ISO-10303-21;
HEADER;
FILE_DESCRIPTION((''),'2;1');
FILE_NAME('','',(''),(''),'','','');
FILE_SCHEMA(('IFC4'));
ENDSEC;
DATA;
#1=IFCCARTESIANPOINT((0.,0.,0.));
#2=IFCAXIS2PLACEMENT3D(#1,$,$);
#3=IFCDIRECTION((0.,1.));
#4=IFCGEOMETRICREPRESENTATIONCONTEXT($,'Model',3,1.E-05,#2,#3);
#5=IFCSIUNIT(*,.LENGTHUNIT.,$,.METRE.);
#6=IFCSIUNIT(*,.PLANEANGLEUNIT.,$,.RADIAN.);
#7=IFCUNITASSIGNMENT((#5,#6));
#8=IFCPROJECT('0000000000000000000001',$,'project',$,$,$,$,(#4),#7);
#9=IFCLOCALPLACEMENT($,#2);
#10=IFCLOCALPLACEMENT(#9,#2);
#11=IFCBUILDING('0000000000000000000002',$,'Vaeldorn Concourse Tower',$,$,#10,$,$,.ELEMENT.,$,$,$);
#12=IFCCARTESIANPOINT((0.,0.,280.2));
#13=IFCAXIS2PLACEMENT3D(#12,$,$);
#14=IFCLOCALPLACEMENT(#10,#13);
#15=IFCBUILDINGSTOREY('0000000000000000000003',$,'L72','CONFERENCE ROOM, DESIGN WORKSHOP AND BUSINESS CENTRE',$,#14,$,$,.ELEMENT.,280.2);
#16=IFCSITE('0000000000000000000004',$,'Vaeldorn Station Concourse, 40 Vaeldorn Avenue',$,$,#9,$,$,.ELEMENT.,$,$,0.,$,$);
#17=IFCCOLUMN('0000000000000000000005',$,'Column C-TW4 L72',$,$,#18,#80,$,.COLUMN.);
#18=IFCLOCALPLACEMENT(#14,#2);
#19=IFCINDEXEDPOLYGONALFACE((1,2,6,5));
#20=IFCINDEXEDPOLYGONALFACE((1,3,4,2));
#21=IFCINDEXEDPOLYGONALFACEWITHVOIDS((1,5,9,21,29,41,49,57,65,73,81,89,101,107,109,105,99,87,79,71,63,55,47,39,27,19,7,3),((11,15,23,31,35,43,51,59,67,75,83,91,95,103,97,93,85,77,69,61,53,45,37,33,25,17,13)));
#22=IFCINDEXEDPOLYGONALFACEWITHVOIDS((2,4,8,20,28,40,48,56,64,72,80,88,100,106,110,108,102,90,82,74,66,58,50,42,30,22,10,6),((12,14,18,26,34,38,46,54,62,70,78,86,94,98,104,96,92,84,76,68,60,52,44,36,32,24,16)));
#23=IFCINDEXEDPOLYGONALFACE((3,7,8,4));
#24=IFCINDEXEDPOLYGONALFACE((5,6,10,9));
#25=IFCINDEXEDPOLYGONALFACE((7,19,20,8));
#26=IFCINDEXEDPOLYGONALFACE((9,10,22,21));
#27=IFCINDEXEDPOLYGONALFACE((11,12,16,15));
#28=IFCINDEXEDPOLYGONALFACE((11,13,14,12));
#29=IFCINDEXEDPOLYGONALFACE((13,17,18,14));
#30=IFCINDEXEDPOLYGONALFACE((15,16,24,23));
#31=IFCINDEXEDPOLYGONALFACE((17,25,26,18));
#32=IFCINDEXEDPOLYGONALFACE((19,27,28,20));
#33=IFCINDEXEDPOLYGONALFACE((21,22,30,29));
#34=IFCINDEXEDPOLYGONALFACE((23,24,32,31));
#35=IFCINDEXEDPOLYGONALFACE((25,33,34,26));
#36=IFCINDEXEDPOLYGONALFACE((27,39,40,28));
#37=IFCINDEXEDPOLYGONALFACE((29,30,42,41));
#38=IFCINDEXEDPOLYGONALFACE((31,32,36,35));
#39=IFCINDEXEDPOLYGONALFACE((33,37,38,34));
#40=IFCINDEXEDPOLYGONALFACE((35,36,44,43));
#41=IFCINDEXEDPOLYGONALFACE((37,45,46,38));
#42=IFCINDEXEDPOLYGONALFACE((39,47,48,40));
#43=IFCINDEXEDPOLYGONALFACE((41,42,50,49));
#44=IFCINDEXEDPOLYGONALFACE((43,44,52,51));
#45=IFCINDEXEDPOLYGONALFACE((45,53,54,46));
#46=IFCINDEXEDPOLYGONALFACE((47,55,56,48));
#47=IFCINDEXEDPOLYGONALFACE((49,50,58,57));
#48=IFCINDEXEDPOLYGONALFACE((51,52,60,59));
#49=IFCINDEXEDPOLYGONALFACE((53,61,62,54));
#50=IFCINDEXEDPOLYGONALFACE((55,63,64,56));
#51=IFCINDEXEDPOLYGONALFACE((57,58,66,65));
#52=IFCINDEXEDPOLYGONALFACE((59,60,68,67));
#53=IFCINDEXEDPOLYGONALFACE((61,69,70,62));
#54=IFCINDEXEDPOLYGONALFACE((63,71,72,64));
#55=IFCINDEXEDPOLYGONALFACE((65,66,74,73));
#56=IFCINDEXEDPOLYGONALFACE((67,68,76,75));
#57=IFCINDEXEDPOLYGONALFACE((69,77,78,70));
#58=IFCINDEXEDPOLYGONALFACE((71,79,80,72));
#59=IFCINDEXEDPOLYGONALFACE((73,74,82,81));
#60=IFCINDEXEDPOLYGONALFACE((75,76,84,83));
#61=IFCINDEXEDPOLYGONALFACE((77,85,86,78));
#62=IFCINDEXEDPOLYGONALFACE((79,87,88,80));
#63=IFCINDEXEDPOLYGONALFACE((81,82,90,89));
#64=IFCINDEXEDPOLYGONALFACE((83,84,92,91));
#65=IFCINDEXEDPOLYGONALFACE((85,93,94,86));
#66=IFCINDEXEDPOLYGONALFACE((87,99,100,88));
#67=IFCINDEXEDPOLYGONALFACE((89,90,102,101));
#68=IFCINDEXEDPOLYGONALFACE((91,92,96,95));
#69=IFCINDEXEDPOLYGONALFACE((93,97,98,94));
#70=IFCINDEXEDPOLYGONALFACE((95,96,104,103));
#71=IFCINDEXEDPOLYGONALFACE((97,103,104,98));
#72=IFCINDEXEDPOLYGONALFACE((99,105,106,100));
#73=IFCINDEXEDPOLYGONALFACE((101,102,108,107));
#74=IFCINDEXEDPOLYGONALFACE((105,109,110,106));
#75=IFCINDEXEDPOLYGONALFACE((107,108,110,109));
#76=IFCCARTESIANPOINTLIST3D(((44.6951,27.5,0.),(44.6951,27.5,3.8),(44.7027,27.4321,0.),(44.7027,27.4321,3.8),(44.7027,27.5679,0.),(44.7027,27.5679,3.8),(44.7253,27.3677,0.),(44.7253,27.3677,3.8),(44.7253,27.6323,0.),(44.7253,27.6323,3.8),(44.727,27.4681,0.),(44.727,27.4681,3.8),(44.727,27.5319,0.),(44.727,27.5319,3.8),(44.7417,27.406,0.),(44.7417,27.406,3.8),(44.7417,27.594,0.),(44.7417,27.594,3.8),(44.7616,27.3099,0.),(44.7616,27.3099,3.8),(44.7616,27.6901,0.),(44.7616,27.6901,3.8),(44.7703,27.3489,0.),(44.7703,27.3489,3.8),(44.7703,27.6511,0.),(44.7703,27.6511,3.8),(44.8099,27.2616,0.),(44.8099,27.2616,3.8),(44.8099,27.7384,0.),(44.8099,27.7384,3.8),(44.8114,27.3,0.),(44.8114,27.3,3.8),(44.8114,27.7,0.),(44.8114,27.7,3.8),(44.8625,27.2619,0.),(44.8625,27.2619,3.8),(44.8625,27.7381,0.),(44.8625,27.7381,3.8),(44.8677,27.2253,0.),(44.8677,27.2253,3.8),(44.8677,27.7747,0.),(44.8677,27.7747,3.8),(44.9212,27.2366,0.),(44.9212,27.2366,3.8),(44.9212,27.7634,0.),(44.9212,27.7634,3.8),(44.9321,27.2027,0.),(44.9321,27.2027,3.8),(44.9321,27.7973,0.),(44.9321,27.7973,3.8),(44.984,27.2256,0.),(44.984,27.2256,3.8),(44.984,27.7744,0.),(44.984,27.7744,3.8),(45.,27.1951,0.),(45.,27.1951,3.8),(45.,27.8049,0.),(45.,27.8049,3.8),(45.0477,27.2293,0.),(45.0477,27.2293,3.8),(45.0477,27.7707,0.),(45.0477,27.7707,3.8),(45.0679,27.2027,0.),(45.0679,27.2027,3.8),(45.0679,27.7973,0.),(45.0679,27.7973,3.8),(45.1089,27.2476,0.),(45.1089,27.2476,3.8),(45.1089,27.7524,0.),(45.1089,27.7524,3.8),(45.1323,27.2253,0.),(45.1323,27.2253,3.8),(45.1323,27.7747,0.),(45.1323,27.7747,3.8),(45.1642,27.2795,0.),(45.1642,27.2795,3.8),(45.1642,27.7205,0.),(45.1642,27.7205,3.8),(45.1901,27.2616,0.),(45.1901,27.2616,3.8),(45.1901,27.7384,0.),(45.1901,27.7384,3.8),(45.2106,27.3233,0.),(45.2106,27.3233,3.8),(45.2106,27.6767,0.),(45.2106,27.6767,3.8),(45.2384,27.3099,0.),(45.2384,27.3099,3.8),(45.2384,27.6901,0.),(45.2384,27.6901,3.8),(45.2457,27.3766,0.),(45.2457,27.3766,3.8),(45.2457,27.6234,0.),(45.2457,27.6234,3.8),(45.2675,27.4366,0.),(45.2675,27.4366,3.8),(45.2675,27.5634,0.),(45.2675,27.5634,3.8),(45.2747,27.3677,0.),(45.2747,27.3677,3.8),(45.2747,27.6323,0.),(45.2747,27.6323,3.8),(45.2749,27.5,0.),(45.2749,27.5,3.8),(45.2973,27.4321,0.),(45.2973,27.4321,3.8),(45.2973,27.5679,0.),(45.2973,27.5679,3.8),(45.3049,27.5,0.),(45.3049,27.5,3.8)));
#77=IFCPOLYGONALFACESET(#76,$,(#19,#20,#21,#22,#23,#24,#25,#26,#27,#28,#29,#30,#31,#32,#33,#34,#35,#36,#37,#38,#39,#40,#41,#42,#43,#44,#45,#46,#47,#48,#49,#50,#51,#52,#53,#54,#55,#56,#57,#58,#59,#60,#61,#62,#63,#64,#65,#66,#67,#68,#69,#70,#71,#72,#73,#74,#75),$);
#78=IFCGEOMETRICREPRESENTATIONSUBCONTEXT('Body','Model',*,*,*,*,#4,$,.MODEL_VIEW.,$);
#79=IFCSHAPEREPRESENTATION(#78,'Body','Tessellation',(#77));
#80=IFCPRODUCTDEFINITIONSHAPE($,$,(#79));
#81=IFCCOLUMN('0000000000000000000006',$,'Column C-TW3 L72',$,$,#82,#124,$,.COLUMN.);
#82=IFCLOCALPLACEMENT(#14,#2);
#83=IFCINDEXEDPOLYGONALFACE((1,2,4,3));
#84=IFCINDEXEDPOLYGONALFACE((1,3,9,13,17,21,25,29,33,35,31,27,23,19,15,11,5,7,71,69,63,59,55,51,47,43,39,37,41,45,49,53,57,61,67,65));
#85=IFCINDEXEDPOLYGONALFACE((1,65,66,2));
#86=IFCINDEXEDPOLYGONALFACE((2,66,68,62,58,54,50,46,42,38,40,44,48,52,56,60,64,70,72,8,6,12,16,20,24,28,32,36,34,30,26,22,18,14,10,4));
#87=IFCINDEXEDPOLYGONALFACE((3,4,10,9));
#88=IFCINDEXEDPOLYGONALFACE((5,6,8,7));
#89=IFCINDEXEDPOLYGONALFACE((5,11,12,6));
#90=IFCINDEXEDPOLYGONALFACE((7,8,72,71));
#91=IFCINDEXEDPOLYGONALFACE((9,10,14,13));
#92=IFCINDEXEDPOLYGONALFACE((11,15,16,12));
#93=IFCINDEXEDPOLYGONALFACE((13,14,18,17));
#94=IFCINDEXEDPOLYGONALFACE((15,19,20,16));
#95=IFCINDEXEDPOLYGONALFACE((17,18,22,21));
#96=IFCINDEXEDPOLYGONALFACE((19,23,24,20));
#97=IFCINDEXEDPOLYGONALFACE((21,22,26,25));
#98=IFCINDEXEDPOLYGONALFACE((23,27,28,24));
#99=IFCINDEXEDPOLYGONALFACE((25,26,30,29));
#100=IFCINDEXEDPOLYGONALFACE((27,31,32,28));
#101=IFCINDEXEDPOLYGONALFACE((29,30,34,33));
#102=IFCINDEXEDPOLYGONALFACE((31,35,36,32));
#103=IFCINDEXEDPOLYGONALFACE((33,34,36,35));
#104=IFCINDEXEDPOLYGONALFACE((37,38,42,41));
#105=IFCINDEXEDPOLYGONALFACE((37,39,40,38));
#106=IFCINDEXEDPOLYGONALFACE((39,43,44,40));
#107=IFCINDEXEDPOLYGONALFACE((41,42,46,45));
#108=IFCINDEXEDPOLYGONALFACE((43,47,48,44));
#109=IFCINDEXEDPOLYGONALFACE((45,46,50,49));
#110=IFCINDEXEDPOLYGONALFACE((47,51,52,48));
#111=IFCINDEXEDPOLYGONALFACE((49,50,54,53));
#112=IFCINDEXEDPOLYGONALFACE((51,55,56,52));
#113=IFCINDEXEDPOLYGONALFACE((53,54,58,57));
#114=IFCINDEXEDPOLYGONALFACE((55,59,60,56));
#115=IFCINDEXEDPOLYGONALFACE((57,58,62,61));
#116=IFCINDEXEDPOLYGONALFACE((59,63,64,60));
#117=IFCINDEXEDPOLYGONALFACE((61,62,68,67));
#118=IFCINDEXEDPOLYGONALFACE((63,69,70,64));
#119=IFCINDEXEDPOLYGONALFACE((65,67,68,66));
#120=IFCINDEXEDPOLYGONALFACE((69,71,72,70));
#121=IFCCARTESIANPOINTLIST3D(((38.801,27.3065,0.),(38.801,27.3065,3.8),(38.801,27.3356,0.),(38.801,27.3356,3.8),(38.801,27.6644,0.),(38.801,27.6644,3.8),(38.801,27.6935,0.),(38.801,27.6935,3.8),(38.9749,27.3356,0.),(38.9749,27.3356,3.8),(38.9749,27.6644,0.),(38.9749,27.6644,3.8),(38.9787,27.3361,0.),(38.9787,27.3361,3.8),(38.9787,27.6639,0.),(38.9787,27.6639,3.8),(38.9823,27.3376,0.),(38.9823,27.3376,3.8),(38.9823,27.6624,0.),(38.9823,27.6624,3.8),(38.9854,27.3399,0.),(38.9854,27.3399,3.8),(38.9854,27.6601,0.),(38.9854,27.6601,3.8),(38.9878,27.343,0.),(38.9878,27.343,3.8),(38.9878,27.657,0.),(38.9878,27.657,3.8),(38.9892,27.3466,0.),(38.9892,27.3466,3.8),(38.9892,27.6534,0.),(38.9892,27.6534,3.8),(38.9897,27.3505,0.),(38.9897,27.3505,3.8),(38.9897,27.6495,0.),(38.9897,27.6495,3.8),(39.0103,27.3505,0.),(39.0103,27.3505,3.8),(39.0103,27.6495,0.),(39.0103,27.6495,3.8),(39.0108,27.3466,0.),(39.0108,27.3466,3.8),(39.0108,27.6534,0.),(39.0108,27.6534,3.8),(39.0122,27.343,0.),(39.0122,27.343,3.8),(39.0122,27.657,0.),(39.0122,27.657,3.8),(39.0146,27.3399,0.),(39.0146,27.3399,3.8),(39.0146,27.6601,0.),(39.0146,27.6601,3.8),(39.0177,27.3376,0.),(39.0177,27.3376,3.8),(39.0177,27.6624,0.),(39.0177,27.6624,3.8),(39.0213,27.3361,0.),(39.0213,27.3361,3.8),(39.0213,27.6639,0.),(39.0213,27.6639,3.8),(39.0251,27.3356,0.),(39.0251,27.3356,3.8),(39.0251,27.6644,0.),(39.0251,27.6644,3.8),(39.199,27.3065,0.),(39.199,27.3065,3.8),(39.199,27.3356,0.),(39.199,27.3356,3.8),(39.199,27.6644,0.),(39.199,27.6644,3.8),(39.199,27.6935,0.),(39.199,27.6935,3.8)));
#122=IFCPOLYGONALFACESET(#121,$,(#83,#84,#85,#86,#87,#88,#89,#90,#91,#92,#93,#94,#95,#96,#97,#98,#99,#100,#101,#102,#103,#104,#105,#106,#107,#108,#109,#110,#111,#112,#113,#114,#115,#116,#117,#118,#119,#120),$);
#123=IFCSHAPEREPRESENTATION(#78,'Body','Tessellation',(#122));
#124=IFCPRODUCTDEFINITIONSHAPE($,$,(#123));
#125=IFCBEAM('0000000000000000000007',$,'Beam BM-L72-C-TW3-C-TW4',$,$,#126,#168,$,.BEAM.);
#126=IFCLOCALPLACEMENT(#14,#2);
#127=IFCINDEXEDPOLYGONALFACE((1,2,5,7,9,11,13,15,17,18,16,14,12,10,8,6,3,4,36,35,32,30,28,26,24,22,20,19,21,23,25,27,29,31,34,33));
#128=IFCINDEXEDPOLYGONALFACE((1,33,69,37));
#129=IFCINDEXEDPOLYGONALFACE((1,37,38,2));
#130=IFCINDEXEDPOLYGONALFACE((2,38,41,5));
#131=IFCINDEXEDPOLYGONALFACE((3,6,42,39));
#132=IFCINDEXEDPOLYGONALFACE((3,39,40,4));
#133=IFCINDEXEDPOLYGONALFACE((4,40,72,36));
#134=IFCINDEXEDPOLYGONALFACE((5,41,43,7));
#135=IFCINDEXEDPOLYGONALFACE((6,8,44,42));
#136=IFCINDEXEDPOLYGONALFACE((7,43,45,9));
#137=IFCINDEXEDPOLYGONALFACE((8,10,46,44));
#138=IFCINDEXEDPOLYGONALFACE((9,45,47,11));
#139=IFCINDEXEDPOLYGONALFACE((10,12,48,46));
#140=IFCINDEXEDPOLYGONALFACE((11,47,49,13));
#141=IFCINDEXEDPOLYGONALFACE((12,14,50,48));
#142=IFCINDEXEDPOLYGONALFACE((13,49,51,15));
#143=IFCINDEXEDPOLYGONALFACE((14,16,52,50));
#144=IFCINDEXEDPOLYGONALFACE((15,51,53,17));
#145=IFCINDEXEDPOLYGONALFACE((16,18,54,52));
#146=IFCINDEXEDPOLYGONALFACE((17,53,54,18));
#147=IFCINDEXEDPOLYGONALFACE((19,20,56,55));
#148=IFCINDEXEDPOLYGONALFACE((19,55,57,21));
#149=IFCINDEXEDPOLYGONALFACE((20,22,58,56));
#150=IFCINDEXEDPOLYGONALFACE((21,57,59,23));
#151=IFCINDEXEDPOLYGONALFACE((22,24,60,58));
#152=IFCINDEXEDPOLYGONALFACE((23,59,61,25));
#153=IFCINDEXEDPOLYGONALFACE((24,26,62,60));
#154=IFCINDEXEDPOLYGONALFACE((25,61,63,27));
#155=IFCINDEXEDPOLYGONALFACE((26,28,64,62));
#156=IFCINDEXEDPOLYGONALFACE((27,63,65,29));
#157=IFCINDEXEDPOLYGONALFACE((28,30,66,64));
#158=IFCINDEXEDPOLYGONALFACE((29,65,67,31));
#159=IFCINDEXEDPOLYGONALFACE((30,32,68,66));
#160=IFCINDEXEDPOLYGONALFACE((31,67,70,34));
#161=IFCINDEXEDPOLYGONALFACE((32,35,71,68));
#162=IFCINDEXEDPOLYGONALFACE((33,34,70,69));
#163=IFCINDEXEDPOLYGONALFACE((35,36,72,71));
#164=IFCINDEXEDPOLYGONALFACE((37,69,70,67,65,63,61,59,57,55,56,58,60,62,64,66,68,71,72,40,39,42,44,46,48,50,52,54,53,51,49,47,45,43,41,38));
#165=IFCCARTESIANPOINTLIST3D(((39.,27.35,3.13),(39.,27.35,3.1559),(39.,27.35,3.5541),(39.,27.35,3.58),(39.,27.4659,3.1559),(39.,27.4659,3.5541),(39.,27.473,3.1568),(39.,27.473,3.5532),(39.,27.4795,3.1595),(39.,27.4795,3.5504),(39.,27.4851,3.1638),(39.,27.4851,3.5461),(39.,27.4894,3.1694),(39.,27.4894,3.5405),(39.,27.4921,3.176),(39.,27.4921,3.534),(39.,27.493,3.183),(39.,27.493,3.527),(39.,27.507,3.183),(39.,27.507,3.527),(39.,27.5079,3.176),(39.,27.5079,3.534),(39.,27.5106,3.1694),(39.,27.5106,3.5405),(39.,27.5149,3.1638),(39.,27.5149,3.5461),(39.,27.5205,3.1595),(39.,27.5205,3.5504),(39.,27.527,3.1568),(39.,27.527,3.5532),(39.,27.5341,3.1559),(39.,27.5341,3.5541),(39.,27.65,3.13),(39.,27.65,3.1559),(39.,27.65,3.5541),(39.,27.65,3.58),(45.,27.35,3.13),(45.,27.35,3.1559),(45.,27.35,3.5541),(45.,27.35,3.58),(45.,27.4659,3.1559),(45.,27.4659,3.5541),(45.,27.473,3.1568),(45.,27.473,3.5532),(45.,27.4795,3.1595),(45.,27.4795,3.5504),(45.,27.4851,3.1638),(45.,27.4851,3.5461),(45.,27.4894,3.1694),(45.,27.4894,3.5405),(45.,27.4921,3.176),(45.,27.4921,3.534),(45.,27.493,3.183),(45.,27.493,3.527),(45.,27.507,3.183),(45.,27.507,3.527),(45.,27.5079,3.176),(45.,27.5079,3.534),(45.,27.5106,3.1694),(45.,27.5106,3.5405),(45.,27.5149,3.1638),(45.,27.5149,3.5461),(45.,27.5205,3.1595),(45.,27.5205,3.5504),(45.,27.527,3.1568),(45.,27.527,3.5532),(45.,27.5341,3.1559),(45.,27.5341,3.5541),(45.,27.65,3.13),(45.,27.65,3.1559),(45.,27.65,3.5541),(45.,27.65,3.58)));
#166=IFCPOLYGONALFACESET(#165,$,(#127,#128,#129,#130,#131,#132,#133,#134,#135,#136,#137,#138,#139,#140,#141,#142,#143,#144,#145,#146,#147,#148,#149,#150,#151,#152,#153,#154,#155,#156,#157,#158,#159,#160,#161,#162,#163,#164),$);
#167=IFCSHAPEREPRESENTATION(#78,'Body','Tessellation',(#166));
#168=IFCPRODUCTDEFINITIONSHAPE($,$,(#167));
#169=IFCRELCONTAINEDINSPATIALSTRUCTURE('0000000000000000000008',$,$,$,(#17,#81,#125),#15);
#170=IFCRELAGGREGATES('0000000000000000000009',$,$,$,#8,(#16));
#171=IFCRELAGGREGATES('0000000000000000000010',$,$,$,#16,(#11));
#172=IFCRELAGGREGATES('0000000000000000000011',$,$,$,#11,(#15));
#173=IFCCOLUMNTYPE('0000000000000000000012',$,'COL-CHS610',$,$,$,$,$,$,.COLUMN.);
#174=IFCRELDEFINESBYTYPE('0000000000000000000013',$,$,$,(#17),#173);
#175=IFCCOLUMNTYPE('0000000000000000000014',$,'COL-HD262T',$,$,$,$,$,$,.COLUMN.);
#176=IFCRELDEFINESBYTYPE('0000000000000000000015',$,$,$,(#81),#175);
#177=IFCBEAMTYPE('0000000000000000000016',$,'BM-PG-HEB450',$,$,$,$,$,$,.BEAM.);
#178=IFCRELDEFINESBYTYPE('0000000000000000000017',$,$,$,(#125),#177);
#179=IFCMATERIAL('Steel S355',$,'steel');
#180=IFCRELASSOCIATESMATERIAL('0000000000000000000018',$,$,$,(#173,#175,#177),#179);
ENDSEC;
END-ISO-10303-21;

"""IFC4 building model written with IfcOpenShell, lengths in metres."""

from ifc_helpers import new_model, si_unit, direction, frame, origin, origin_2d, place, context, subcontext, project, spatial, hollow_circle, i_section, extrude, source, transform, mapped, material, material_profile, profile_set, type_object, element, save


model = new_model("IFC4")

# Units and contexts
model_context = context("Model", 3, precision=1e-05, world=origin(), true_north=direction((0.0, 1.0)))
body_context = subcontext(model_context, "Body", "Model", "MODEL_VIEW")
ifc_project = project(units=[si_unit("LENGTHUNIT", "METRE"), si_unit("PLANEANGLEUNIT", "RADIAN")], contexts=[model_context])

# Site, building, storey
site_placement = place(None, origin())
site = spatial("IfcSite", under=ifc_project, at=site_placement, Name="Vaeldorn Station Concourse, 40 Vaeldorn Avenue", CompositionType="ELEMENT", RefElevation=0.0)
building_placement = place(site_placement, origin())
building = spatial("IfcBuilding", under=site, at=building_placement, Name="Vaeldorn Concourse Tower", CompositionType="ELEMENT")
storey_placement = place(building_placement, frame((0.0, 0.0, 280.2)))
storey = spatial("IfcBuildingStorey", under=building, at=storey_placement, Name="L72", Description="CONFERENCE ROOM, DESIGN WORKSHOP AND BUSINESS CENTRE", CompositionType="ELEMENT", Elevation=280.2)

# Columns
ifc_material_1 = material(Name="Steel S355", Category="steel")
ifc_material_profile_1 = material_profile(ifc_material_1, hollow_circle(Radius=0.3049, WallThickness=0.03, at=origin_2d()), Name="CHS 610x30")
ifc_profile_set_1 = profile_set([ifc_material_profile_1], Name="Steel S355")
column_type_1 = type_object("IfcColumnType", Name="COL-CHS610", PredefinedType="COLUMN", material=ifc_profile_set_1)
shared_shape_1 = source(origin(), body_context, "Body", "SweptSolid", [
    extrude(hollow_circle(Radius=0.3049, WallThickness=0.03, at=origin_2d()), origin(), (0.0, 0.0, 1.0), 3.8),
])
column_1_placement = place(storey_placement, frame((45.0, 27.5, 0.0), z_axis=(0.0, 0.0, 1.0), x_axis=(1.0, 0.0, 0.0)))
element("IfcColumn", 1, at=column_1_placement, inside=storey, type_object=column_type_1, Name="Column C-TW4 L72", PredefinedType="COLUMN", context=body_context, shape_type="MappedRepresentation", body=[
    mapped(shared_shape_1, transform((0.0, 0.0, 0.0), scale=1.0)),
])
ifc_material_profile_2 = material_profile(ifc_material_1, i_section(OverallWidth=0.3979, OverallDepth=0.387, WebThickness=0.0205, FlangeThickness=0.0291, FilletRadius=0.0149, at=origin_2d()), Name="HD 400x262")
ifc_profile_set_2 = profile_set([ifc_material_profile_2], Name="Steel S355")
column_type_2 = type_object("IfcColumnType", Name="COL-HD262T", PredefinedType="COLUMN", material=ifc_profile_set_2)
shared_shape_2 = source(origin(), body_context, "Body", "SweptSolid", [
    extrude(i_section(OverallWidth=0.3979, OverallDepth=0.387, WebThickness=0.0205, FlangeThickness=0.0291, FilletRadius=0.0149, at=origin_2d()), origin(), (0.0, 0.0, 1.0), 3.8),
])
column_2_placement = place(storey_placement, frame((39.0, 27.5, 0.0), z_axis=(0.0, 0.0, 1.0), x_axis=(1.0, 0.0, 0.0)))
element("IfcColumn", 2, at=column_2_placement, inside=storey, type_object=column_type_2, Name="Column C-TW3 L72", PredefinedType="COLUMN", context=body_context, shape_type="MappedRepresentation", body=[
    mapped(shared_shape_2, transform((0.0, 0.0, 0.0), scale=1.0)),
])

# Beam
ifc_material_profile_3 = material_profile(ifc_material_1, i_section(OverallWidth=0.3, OverallDepth=0.45, WebThickness=0.0139, FlangeThickness=0.0259, FilletRadius=0.0271, at=origin_2d()), Name="HEB 450")
ifc_profile_set_3 = profile_set([ifc_material_profile_3], Name="Steel S355")
beam_type_1 = type_object("IfcBeamType", Name="BM-PG-HEB450", PredefinedType="BEAM", material=ifc_profile_set_3)
shared_shape_3 = source(origin(), body_context, "Body", "SweptSolid", [
    extrude(i_section(OverallWidth=0.3, OverallDepth=0.45, WebThickness=0.0139, FlangeThickness=0.0259, FilletRadius=0.0271, at=origin_2d()), origin(), (0.0, 0.0, 1.0), 6.0),
])
beam_1_placement = place(storey_placement, frame((39.0, 27.5, 3.355), z_axis=(1.0, 0.0, 0.0), x_axis=(0.0, 1.0, 0.0)))
element("IfcBeam", 3, at=beam_1_placement, inside=storey, type_object=beam_type_1, Name="Beam BM-L72-C-TW3-C-TW4", PredefinedType="BEAM", context=body_context, shape_type="MappedRepresentation", body=[
    mapped(shared_shape_3, transform((0.0, 0.0, 0.0), scale=1.0)),
])

save(model, "model.ifc")
